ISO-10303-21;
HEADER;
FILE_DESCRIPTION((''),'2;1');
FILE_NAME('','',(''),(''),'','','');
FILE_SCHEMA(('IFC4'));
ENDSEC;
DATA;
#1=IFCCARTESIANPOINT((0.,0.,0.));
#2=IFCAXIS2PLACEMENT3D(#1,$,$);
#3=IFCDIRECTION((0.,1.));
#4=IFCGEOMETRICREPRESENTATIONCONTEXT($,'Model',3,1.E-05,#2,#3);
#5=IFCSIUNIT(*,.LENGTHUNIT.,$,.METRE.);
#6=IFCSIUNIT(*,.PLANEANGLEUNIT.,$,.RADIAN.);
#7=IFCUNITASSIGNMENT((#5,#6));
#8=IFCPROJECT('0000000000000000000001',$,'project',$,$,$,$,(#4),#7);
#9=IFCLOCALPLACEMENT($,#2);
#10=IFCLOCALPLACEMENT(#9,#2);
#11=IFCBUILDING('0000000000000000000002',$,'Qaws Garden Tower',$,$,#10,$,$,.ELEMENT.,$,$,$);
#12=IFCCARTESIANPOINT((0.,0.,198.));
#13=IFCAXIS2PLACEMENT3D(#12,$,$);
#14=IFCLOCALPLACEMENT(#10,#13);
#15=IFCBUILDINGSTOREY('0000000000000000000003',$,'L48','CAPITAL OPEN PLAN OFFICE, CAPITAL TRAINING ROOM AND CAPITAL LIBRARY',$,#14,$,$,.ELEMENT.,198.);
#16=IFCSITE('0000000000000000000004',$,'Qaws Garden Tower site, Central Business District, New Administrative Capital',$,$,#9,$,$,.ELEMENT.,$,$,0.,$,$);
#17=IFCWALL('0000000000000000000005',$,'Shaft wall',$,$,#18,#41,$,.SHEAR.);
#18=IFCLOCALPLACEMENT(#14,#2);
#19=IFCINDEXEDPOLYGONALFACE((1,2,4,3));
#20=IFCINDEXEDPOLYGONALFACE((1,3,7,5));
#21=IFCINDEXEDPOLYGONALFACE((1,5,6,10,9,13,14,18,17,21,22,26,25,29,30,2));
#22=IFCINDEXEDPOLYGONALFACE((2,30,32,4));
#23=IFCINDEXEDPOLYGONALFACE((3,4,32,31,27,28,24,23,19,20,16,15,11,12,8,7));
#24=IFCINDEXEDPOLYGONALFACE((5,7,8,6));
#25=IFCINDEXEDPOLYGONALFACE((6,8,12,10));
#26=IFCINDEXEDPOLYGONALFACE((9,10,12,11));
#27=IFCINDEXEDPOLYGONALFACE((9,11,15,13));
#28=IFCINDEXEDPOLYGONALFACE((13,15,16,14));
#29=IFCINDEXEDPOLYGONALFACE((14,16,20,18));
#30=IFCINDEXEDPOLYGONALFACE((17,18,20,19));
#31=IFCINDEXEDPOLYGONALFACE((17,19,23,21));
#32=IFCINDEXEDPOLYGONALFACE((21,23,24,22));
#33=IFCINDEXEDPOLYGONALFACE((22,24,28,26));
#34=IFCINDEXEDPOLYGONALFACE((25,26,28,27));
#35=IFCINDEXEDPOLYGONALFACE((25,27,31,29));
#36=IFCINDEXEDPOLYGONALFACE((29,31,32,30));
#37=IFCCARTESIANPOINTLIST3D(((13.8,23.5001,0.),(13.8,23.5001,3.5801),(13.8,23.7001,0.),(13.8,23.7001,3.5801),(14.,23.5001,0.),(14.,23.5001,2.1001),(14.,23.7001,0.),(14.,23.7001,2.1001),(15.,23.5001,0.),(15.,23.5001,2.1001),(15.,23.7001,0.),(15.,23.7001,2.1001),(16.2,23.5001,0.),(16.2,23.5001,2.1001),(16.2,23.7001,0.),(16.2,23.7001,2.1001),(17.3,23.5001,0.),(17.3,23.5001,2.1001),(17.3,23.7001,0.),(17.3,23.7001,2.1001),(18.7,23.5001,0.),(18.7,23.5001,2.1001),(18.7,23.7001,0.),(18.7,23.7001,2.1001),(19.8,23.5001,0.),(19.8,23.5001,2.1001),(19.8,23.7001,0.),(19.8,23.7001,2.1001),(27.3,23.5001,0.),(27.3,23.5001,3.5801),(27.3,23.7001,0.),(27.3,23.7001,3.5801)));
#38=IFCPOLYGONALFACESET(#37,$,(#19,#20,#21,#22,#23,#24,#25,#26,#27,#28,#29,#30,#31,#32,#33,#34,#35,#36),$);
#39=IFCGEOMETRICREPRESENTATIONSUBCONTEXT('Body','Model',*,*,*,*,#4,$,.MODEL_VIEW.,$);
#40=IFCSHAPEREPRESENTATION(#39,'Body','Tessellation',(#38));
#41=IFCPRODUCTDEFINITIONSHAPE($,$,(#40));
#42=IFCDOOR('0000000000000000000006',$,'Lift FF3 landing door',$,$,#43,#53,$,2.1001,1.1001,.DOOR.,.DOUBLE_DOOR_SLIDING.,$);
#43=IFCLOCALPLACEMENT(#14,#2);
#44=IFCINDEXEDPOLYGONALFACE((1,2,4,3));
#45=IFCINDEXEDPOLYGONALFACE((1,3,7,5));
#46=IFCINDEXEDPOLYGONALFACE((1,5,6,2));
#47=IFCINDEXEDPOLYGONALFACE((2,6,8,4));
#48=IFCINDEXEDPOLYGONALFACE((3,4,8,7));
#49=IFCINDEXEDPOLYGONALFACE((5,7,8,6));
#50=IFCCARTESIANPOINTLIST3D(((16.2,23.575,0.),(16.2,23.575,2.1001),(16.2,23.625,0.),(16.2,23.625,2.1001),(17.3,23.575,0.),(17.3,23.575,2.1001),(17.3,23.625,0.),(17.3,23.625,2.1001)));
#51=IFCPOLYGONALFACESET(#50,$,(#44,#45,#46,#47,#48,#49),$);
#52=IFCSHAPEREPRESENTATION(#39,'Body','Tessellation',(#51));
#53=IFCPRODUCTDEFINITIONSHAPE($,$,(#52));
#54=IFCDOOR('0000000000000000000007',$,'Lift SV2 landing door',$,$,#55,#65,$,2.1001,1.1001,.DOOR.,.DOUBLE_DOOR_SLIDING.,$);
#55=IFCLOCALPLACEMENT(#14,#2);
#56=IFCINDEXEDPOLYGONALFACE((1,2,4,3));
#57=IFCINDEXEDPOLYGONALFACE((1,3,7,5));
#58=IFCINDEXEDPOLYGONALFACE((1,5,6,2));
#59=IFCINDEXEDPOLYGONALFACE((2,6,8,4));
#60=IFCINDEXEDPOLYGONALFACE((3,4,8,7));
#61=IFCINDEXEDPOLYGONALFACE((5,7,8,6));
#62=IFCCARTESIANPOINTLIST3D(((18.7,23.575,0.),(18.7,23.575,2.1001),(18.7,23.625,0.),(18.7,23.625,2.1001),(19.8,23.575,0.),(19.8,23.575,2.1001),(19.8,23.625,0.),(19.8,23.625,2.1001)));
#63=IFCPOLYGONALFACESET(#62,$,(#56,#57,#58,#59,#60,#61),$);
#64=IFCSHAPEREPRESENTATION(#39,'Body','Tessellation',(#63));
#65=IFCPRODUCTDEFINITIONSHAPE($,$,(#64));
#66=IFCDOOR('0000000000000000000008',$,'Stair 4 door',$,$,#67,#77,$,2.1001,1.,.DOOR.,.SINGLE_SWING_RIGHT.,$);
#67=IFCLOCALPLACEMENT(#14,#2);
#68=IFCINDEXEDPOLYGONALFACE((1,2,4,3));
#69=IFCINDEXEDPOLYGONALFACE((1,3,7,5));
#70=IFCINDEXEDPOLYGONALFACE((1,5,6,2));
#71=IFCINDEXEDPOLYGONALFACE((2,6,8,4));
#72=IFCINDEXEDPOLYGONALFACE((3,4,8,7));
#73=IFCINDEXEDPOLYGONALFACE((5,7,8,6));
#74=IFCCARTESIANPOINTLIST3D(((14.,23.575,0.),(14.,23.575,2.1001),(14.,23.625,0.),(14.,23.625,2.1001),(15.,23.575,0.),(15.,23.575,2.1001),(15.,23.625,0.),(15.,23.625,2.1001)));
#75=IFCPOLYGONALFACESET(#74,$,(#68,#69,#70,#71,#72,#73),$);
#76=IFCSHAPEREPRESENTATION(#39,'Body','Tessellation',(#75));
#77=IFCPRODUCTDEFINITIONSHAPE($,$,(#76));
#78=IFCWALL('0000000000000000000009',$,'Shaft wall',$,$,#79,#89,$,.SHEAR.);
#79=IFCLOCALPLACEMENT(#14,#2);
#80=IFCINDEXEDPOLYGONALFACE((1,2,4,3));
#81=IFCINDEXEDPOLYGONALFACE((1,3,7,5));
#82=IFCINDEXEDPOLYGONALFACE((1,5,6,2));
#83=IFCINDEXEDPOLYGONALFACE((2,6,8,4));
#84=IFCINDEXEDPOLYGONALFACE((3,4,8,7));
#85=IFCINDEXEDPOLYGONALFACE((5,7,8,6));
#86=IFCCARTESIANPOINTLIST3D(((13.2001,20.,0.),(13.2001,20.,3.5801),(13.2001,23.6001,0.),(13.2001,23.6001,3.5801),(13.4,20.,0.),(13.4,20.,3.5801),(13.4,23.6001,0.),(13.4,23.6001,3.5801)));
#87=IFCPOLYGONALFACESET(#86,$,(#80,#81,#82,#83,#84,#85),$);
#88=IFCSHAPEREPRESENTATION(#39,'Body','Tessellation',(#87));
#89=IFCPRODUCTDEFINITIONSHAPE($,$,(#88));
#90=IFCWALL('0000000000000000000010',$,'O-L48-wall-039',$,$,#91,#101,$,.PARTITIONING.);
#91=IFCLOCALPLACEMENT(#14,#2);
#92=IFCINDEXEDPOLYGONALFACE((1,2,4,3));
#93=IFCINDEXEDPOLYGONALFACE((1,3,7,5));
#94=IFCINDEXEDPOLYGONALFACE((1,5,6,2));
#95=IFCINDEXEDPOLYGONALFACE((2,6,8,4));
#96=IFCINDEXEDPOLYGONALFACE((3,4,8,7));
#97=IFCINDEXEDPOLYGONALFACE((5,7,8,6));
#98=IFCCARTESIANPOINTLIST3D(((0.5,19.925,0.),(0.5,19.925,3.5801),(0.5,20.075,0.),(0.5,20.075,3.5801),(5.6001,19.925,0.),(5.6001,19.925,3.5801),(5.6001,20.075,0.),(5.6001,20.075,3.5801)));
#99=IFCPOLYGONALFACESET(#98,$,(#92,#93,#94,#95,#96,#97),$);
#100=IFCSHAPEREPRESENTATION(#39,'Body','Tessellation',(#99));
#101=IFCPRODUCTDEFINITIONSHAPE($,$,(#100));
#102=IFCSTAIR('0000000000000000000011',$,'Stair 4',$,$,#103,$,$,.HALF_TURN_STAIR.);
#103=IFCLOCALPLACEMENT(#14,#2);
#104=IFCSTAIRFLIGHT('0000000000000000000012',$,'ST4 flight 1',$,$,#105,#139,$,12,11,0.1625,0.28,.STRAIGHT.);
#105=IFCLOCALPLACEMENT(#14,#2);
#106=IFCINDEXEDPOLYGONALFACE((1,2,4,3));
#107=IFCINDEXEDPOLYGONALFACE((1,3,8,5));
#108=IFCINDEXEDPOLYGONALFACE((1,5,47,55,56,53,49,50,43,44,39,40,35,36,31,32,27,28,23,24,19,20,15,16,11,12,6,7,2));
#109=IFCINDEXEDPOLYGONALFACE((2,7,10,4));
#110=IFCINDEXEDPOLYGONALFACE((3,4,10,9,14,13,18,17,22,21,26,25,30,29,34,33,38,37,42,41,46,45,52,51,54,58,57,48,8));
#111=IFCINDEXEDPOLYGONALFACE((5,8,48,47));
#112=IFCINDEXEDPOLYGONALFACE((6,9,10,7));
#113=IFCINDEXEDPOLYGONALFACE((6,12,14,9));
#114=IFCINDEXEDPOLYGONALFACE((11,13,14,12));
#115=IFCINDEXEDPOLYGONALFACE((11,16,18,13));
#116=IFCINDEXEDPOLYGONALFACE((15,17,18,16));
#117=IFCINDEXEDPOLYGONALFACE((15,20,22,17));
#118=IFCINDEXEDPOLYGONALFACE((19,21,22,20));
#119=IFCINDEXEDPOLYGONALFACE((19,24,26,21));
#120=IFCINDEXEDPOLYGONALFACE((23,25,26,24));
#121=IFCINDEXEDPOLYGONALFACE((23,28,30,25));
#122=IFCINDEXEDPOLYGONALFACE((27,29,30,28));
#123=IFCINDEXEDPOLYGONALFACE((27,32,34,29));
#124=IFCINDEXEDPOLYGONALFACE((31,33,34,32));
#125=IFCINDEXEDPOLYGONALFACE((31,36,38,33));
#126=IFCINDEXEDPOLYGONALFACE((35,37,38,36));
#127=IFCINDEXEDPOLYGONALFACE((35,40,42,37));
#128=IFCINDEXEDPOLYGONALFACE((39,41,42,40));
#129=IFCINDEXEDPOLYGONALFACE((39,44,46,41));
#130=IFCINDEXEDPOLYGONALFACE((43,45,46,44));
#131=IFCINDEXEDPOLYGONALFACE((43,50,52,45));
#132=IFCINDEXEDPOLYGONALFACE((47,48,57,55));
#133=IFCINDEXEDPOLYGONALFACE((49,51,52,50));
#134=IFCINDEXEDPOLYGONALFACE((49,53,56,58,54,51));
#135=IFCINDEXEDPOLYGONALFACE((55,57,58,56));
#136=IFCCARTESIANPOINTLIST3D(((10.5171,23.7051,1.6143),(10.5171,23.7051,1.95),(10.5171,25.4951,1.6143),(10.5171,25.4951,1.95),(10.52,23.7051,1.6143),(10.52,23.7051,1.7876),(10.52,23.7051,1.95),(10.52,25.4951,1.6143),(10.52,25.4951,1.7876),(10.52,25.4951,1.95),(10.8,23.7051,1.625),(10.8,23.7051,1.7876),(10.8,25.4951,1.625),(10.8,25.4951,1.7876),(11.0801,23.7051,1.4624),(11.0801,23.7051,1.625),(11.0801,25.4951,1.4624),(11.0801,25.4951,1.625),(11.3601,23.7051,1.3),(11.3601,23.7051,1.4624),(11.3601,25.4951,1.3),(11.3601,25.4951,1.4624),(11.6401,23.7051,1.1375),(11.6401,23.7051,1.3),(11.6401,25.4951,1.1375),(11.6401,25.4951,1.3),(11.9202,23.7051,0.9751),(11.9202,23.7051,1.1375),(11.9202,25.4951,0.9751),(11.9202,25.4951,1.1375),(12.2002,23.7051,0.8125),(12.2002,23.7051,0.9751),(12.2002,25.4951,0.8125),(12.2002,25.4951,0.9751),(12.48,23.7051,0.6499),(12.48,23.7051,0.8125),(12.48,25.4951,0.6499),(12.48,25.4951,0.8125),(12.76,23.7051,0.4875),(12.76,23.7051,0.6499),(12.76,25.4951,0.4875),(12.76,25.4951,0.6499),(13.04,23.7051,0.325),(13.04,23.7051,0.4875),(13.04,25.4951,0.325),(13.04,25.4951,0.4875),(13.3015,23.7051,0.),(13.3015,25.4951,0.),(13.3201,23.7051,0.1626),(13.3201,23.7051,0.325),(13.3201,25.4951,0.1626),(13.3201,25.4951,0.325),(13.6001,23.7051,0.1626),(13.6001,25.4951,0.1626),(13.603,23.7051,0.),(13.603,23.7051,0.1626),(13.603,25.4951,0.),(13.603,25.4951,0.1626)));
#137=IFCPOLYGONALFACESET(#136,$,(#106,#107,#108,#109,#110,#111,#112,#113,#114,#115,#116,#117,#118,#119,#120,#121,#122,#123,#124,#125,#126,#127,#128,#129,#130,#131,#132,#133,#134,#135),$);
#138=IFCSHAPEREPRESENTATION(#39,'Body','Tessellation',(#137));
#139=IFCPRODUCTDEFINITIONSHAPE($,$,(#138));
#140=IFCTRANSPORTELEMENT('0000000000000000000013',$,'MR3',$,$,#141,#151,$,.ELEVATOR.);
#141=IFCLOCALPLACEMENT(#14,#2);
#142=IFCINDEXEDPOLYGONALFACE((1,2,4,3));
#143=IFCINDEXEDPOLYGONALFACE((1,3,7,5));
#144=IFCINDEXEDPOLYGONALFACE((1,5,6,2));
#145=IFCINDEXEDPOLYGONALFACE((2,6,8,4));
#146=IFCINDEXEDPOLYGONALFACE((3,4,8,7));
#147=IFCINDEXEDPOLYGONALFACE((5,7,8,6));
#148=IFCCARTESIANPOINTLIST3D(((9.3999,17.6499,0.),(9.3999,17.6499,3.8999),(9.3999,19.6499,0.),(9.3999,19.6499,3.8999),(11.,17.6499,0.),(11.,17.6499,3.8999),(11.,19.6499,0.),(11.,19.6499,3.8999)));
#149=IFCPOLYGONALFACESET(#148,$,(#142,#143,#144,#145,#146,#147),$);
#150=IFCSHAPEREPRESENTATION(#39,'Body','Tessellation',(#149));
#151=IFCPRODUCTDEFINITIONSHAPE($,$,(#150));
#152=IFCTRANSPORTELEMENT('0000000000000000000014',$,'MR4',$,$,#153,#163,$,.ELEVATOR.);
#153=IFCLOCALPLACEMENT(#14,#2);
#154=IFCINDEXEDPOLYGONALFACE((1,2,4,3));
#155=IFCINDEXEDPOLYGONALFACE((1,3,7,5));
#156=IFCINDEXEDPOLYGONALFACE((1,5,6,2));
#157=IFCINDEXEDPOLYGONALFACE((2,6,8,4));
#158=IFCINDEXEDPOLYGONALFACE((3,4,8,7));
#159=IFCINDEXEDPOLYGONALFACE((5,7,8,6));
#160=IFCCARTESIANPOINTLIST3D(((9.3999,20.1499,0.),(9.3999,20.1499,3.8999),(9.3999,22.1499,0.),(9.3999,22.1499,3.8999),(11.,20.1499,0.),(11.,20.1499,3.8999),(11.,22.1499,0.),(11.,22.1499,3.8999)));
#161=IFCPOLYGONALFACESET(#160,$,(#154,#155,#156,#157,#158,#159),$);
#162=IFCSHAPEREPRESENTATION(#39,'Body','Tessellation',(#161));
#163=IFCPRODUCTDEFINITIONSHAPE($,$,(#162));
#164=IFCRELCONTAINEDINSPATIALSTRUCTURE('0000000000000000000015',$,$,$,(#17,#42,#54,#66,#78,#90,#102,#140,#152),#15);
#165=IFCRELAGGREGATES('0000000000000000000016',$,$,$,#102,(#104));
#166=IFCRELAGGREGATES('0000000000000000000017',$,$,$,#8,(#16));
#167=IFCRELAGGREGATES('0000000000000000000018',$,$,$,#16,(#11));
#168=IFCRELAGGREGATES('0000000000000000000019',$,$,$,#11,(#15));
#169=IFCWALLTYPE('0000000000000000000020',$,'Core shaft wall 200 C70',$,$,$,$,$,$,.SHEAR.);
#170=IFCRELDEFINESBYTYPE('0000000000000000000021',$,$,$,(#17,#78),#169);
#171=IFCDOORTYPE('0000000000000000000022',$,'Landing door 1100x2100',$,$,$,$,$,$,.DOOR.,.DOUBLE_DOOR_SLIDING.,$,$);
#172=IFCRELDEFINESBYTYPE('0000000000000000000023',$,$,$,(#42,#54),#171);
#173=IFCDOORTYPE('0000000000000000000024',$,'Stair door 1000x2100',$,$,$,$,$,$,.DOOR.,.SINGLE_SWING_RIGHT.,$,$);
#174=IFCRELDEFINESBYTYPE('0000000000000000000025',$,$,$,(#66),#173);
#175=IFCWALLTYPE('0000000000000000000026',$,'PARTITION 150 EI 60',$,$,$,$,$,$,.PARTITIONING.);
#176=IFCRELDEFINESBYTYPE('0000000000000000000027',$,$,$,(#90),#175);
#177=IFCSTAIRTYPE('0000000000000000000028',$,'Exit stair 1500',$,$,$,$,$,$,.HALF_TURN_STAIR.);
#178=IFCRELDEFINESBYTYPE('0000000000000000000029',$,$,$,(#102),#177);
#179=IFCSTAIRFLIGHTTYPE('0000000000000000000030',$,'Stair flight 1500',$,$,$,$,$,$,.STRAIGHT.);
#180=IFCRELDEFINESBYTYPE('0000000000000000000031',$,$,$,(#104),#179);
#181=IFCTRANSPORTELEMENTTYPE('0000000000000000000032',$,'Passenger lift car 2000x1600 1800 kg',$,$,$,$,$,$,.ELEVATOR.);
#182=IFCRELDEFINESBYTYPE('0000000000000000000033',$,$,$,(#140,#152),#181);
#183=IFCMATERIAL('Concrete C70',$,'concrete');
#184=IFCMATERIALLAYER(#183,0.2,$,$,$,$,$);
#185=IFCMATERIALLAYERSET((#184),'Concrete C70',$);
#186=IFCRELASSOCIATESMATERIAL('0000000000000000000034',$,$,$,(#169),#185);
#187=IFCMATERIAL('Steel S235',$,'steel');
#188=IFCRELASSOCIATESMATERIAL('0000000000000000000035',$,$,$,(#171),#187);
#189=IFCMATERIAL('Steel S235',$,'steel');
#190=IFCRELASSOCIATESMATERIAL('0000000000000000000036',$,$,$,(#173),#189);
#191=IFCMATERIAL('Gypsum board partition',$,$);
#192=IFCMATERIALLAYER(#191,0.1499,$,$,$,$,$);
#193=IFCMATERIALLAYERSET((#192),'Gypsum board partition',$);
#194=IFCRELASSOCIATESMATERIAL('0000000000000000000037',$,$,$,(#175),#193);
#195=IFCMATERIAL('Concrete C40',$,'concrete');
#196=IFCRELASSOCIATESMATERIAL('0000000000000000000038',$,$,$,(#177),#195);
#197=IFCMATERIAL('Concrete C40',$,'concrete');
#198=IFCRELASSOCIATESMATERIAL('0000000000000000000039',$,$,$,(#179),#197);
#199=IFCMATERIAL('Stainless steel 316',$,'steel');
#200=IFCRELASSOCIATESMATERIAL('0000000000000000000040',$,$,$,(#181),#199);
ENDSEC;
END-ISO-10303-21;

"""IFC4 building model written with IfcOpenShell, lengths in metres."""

from ifc_helpers import new_model, si_unit, direction, frame, frame_2d, origin, origin_2d, place, context, subcontext, project, spatial, polyline, rectangle, outline, extrude, material, layer, layer_set, type_object, element, fill, aggregate, save


model = new_model("IFC4")

# Units and contexts
model_context = context("Model", 3, precision=1e-05, world=origin(), true_north=direction((0.0, 1.0)))
body_context = subcontext(model_context, "Body", "Model", "MODEL_VIEW")
ifc_project = project(units=[si_unit("LENGTHUNIT", "METRE"), si_unit("PLANEANGLEUNIT", "RADIAN")], contexts=[model_context])

# Site, building, storey
site_placement = place(None, origin())
site = spatial("IfcSite", under=ifc_project, at=site_placement, Name="Qaws Garden Tower site, Central Business District, New Administrative Capital", CompositionType="ELEMENT", RefElevation=0.0)
building_placement = place(site_placement, origin())
building = spatial("IfcBuilding", under=site, at=building_placement, Name="Qaws Garden Tower", CompositionType="ELEMENT")
storey_placement = place(building_placement, frame((0.0, 0.0, 198.0)))
storey = spatial("IfcBuildingStorey", under=building, at=storey_placement, Name="L48", Description="CAPITAL OPEN PLAN OFFICE, CAPITAL TRAINING ROOM AND CAPITAL LIBRARY", CompositionType="ELEMENT", Elevation=198.0)

# Shared definitions
ifc_material_1 = material(Name="Concrete C70", Category="concrete")
ifc_layer_1 = layer(ifc_material_1, 0.2)
ifc_layer_set_1 = layer_set([ifc_layer_1], Name="Concrete C70")
wall_type_1 = type_object("IfcWallType", Name="Core shaft wall 200 C70", PredefinedType="SHEAR", material=ifc_layer_set_1)

# Wall, openings, doors
wall_1_placement = place(storey_placement, frame((13.8, 23.6001, 0.0), z_axis=(0.0, 0.0, 1.0), x_axis=(1.0, 0.0, 0.0)))
wall_1 = element("IfcWall", 1, at=wall_1_placement, inside=storey, type_object=wall_type_1, Name="Shaft wall", PredefinedType="SHEAR", context=body_context, shape_type="SweptSolid", body=[
    extrude(rectangle(XDim=13.5, YDim=0.2, at=frame_2d((6.75, 0.0))), origin(), (0.0, 0.0, 1.0), 3.5801),
])
opening_1_placement = place(wall_1_placement, frame((2.3999, 0.0, 0.0)))
opening_1 = element("IfcOpeningElement", 2, at=opening_1_placement, cuts=wall_1, PredefinedType="OPENING", context=body_context, shape_type="SweptSolid", body=[
    extrude(rectangle(XDim=1.1001, YDim=2.1001, at=frame_2d((0.55, 1.05))), frame((0.0, 0.1099, 0.0), z_axis=(0.0, -1.0, 0.0), x_axis=(1.0, 0.0, 0.0)), (0.0, 0.0, 1.0), 0.22),
])
opening_2_placement = place(wall_1_placement, frame((4.8999, 0.0, 0.0)))
opening_2 = element("IfcOpeningElement", 3, at=opening_2_placement, cuts=wall_1, PredefinedType="OPENING", context=body_context, shape_type="SweptSolid", body=[
    extrude(rectangle(XDim=1.1001, YDim=2.1001, at=frame_2d((0.55, 1.05))), frame((0.0, 0.1099, 0.0), z_axis=(0.0, -1.0, 0.0), x_axis=(1.0, 0.0, 0.0)), (0.0, 0.0, 1.0), 0.22),
])
opening_3_placement = place(wall_1_placement, frame((0.2, 0.0, 0.0)))
opening_3 = element("IfcOpeningElement", 4, at=opening_3_placement, cuts=wall_1, PredefinedType="OPENING", context=body_context, shape_type="SweptSolid", body=[
    extrude(rectangle(XDim=1.0, YDim=2.1001, at=frame_2d((0.5, 1.05))), frame((0.0, 0.1099, 0.0), z_axis=(0.0, -1.0, 0.0), x_axis=(1.0, 0.0, 0.0)), (0.0, 0.0, 1.0), 0.22),
])
ifc_material_2 = material(Name="Steel S235", Category="steel")
door_type_1 = type_object("IfcDoorType", Name="Landing door 1100x2100", OperationType="DOUBLE_DOOR_SLIDING", PredefinedType="DOOR", material=ifc_material_2)
door_1_placement = place(opening_1_placement, origin())
door_1 = element("IfcDoor", 5, at=door_1_placement, inside=storey, type_object=door_type_1, Name="Lift FF3 landing door", OperationType="DOUBLE_DOOR_SLIDING", OverallHeight=2.1001, OverallWidth=1.1001, PredefinedType="DOOR", context=body_context, shape_type="SweptSolid", body=[
    extrude(rectangle(XDim=1.1001, YDim=2.1001, at=frame_2d((0.55, 1.05))), frame((0.0, 0.0249, 0.0), z_axis=(0.0, -1.0, 0.0), x_axis=(1.0, 0.0, 0.0)), (0.0, 0.0, 1.0), 0.05),
])
fill(opening_1, door_1)
door_2_placement = place(opening_2_placement, origin())
door_2 = element("IfcDoor", 6, at=door_2_placement, inside=storey, type_object=door_type_1, Name="Lift SV2 landing door", OperationType="DOUBLE_DOOR_SLIDING", OverallHeight=2.1001, OverallWidth=1.1001, PredefinedType="DOOR", context=body_context, shape_type="SweptSolid", body=[
    extrude(rectangle(XDim=1.1001, YDim=2.1001, at=frame_2d((0.55, 1.05))), frame((0.0, 0.0249, 0.0), z_axis=(0.0, -1.0, 0.0), x_axis=(1.0, 0.0, 0.0)), (0.0, 0.0, 1.0), 0.05),
])
fill(opening_2, door_2)
ifc_material_3 = material(Name="Steel S235", Category="steel")
door_type_2 = type_object("IfcDoorType", Name="Stair door 1000x2100", OperationType="SINGLE_SWING_RIGHT", PredefinedType="DOOR", material=ifc_material_3)
door_3_placement = place(opening_3_placement, origin())
door_3 = element("IfcDoor", 7, at=door_3_placement, inside=storey, type_object=door_type_2, Name="Stair 4 door", OperationType="SINGLE_SWING_RIGHT", OverallHeight=2.1001, OverallWidth=1.0, PredefinedType="DOOR", context=body_context, shape_type="SweptSolid", body=[
    extrude(rectangle(XDim=1.0, YDim=2.1001, at=frame_2d((0.5, 1.05))), frame((0.0, 0.0249, 0.0), z_axis=(0.0, -1.0, 0.0), x_axis=(1.0, 0.0, 0.0)), (0.0, 0.0, 1.0), 0.05),
])
fill(opening_3, door_3)

# Walls
wall_2_placement = place(storey_placement, frame((13.3, 20.0, 0.0), z_axis=(0.0, 0.0, 1.0), x_axis=(0.0, 1.0, 0.0)))
element("IfcWall", 8, at=wall_2_placement, inside=storey, type_object=wall_type_1, Name="Shaft wall", PredefinedType="SHEAR", context=body_context, shape_type="SweptSolid", body=[
    extrude(rectangle(XDim=3.6001, YDim=0.2, at=frame_2d((1.8, 0.0))), origin(), (0.0, 0.0, 1.0), 3.5801),
])
ifc_material_4 = material(Name="Gypsum board partition")
ifc_layer_2 = layer(ifc_material_4, 0.1499)
ifc_layer_set_2 = layer_set([ifc_layer_2], Name="Gypsum board partition")
wall_type_2 = type_object("IfcWallType", Name="PARTITION 150 EI 60", PredefinedType="PARTITIONING", material=ifc_layer_set_2)
wall_3_placement = place(storey_placement, frame((0.5, 20.0, 0.0), z_axis=(0.0, 0.0, 1.0), x_axis=(1.0, 0.0, 0.0)))
element("IfcWall", 9, at=wall_3_placement, inside=storey, type_object=wall_type_2, Name="O-L48-wall-039", PredefinedType="PARTITIONING", context=body_context, shape_type="SweptSolid", body=[
    extrude(rectangle(XDim=5.1001, YDim=0.1499, at=frame_2d((2.55, 0.0))), origin(), (0.0, 0.0, 1.0), 3.5801),
])

# Stair, stair flight
ifc_material_5 = material(Name="Concrete C40", Category="concrete")
stair_type = type_object("IfcStairType", Name="Exit stair 1500", PredefinedType="HALF_TURN_STAIR", material=ifc_material_5)
stair_placement = place(storey_placement, origin())
stair = element("IfcStair", 10, at=stair_placement, inside=storey, type_object=stair_type, Name="Stair 4", PredefinedType="HALF_TURN_STAIR")
ifc_material_6 = material(Name="Concrete C40", Category="concrete")
stair_flight_type = type_object("IfcStairFlightType", Name="Stair flight 1500", PredefinedType="STRAIGHT", material=ifc_material_6)
stair_flight_placement = place(storey_placement, frame((13.6001, 24.6001, 0.0), z_axis=(0.0, 0.0, 1.0), x_axis=(-1.0, 0.0, 0.0)))
stair_flight = element("IfcStairFlight", 11, at=stair_flight_placement, type_object=stair_flight_type, Name="ST4 flight 1", NumberOfRisers=12, NumberOfTreads=11, PredefinedType="STRAIGHT", RiserHeight=0.1625, TreadLength=0.28, context=body_context, shape_type="SweptSolid", body=[
    extrude(outline(polyline([(-0.0029, 0.0), (-0.0029, 0.1626), (0.0, 0.1626), (0.28, 0.1626), (0.28, 0.325), (0.5601, 0.325), (0.5601, 0.4875), (0.8401, 0.4875), (0.8401, 0.6499), (1.1201, 0.6499), (1.1201, 0.8125), (1.3999, 0.8125), (1.3999, 0.9751), (1.6799, 0.9751), (1.6799, 1.1375), (1.96, 1.1375), (1.96, 1.3), (2.24, 1.3), (2.24, 1.4624), (2.52, 1.4624), (2.52, 1.625), (2.8, 1.625), (2.8, 1.7876), (3.0801, 1.7876), (3.0801, 1.95), (3.083, 1.95), (3.083, 1.6143), (3.0801, 1.6143), (0.2986, 0.0), (-0.0029, 0.0)])), frame((0.0, 0.895, 0.0), z_axis=(0.0, -1.0, 0.0), x_axis=(1.0, 0.0, 0.0)), (0.0, 0.0, 1.0), 1.79),
])
aggregate(stair, [stair_flight])

# Transport elements
ifc_material_7 = material(Name="Stainless steel 316", Category="steel")
transport_element_type = type_object("IfcTransportElementType", Name="Passenger lift car 2000x1600 1800 kg", PredefinedType="ELEVATOR", material=ifc_material_7)
for number, where, z_axis, x_axis, name in (
    (12, (10.2, 18.6499, 0.0), (0.0, 0.0, 1.0), (1.0, 0.0, 0.0), "MR3"),
    (13, (10.2, 21.1499, 0.0), (0.0, 0.0, 1.0), (1.0, 0.0, 0.0), "MR4"),
):
    element("IfcTransportElement", number, at=place(storey_placement, frame(where, z_axis=z_axis, x_axis=x_axis)), inside=storey, type_object=transport_element_type, Name=name, PredefinedType="ELEVATOR", context=body_context, shape_type="SweptSolid", body=[
        extrude(rectangle(XDim=1.6001, YDim=2.0, at=origin_2d()), origin(), (0.0, 0.0, 1.0), 3.8999),
    ])

save(model, "model.ifc")
